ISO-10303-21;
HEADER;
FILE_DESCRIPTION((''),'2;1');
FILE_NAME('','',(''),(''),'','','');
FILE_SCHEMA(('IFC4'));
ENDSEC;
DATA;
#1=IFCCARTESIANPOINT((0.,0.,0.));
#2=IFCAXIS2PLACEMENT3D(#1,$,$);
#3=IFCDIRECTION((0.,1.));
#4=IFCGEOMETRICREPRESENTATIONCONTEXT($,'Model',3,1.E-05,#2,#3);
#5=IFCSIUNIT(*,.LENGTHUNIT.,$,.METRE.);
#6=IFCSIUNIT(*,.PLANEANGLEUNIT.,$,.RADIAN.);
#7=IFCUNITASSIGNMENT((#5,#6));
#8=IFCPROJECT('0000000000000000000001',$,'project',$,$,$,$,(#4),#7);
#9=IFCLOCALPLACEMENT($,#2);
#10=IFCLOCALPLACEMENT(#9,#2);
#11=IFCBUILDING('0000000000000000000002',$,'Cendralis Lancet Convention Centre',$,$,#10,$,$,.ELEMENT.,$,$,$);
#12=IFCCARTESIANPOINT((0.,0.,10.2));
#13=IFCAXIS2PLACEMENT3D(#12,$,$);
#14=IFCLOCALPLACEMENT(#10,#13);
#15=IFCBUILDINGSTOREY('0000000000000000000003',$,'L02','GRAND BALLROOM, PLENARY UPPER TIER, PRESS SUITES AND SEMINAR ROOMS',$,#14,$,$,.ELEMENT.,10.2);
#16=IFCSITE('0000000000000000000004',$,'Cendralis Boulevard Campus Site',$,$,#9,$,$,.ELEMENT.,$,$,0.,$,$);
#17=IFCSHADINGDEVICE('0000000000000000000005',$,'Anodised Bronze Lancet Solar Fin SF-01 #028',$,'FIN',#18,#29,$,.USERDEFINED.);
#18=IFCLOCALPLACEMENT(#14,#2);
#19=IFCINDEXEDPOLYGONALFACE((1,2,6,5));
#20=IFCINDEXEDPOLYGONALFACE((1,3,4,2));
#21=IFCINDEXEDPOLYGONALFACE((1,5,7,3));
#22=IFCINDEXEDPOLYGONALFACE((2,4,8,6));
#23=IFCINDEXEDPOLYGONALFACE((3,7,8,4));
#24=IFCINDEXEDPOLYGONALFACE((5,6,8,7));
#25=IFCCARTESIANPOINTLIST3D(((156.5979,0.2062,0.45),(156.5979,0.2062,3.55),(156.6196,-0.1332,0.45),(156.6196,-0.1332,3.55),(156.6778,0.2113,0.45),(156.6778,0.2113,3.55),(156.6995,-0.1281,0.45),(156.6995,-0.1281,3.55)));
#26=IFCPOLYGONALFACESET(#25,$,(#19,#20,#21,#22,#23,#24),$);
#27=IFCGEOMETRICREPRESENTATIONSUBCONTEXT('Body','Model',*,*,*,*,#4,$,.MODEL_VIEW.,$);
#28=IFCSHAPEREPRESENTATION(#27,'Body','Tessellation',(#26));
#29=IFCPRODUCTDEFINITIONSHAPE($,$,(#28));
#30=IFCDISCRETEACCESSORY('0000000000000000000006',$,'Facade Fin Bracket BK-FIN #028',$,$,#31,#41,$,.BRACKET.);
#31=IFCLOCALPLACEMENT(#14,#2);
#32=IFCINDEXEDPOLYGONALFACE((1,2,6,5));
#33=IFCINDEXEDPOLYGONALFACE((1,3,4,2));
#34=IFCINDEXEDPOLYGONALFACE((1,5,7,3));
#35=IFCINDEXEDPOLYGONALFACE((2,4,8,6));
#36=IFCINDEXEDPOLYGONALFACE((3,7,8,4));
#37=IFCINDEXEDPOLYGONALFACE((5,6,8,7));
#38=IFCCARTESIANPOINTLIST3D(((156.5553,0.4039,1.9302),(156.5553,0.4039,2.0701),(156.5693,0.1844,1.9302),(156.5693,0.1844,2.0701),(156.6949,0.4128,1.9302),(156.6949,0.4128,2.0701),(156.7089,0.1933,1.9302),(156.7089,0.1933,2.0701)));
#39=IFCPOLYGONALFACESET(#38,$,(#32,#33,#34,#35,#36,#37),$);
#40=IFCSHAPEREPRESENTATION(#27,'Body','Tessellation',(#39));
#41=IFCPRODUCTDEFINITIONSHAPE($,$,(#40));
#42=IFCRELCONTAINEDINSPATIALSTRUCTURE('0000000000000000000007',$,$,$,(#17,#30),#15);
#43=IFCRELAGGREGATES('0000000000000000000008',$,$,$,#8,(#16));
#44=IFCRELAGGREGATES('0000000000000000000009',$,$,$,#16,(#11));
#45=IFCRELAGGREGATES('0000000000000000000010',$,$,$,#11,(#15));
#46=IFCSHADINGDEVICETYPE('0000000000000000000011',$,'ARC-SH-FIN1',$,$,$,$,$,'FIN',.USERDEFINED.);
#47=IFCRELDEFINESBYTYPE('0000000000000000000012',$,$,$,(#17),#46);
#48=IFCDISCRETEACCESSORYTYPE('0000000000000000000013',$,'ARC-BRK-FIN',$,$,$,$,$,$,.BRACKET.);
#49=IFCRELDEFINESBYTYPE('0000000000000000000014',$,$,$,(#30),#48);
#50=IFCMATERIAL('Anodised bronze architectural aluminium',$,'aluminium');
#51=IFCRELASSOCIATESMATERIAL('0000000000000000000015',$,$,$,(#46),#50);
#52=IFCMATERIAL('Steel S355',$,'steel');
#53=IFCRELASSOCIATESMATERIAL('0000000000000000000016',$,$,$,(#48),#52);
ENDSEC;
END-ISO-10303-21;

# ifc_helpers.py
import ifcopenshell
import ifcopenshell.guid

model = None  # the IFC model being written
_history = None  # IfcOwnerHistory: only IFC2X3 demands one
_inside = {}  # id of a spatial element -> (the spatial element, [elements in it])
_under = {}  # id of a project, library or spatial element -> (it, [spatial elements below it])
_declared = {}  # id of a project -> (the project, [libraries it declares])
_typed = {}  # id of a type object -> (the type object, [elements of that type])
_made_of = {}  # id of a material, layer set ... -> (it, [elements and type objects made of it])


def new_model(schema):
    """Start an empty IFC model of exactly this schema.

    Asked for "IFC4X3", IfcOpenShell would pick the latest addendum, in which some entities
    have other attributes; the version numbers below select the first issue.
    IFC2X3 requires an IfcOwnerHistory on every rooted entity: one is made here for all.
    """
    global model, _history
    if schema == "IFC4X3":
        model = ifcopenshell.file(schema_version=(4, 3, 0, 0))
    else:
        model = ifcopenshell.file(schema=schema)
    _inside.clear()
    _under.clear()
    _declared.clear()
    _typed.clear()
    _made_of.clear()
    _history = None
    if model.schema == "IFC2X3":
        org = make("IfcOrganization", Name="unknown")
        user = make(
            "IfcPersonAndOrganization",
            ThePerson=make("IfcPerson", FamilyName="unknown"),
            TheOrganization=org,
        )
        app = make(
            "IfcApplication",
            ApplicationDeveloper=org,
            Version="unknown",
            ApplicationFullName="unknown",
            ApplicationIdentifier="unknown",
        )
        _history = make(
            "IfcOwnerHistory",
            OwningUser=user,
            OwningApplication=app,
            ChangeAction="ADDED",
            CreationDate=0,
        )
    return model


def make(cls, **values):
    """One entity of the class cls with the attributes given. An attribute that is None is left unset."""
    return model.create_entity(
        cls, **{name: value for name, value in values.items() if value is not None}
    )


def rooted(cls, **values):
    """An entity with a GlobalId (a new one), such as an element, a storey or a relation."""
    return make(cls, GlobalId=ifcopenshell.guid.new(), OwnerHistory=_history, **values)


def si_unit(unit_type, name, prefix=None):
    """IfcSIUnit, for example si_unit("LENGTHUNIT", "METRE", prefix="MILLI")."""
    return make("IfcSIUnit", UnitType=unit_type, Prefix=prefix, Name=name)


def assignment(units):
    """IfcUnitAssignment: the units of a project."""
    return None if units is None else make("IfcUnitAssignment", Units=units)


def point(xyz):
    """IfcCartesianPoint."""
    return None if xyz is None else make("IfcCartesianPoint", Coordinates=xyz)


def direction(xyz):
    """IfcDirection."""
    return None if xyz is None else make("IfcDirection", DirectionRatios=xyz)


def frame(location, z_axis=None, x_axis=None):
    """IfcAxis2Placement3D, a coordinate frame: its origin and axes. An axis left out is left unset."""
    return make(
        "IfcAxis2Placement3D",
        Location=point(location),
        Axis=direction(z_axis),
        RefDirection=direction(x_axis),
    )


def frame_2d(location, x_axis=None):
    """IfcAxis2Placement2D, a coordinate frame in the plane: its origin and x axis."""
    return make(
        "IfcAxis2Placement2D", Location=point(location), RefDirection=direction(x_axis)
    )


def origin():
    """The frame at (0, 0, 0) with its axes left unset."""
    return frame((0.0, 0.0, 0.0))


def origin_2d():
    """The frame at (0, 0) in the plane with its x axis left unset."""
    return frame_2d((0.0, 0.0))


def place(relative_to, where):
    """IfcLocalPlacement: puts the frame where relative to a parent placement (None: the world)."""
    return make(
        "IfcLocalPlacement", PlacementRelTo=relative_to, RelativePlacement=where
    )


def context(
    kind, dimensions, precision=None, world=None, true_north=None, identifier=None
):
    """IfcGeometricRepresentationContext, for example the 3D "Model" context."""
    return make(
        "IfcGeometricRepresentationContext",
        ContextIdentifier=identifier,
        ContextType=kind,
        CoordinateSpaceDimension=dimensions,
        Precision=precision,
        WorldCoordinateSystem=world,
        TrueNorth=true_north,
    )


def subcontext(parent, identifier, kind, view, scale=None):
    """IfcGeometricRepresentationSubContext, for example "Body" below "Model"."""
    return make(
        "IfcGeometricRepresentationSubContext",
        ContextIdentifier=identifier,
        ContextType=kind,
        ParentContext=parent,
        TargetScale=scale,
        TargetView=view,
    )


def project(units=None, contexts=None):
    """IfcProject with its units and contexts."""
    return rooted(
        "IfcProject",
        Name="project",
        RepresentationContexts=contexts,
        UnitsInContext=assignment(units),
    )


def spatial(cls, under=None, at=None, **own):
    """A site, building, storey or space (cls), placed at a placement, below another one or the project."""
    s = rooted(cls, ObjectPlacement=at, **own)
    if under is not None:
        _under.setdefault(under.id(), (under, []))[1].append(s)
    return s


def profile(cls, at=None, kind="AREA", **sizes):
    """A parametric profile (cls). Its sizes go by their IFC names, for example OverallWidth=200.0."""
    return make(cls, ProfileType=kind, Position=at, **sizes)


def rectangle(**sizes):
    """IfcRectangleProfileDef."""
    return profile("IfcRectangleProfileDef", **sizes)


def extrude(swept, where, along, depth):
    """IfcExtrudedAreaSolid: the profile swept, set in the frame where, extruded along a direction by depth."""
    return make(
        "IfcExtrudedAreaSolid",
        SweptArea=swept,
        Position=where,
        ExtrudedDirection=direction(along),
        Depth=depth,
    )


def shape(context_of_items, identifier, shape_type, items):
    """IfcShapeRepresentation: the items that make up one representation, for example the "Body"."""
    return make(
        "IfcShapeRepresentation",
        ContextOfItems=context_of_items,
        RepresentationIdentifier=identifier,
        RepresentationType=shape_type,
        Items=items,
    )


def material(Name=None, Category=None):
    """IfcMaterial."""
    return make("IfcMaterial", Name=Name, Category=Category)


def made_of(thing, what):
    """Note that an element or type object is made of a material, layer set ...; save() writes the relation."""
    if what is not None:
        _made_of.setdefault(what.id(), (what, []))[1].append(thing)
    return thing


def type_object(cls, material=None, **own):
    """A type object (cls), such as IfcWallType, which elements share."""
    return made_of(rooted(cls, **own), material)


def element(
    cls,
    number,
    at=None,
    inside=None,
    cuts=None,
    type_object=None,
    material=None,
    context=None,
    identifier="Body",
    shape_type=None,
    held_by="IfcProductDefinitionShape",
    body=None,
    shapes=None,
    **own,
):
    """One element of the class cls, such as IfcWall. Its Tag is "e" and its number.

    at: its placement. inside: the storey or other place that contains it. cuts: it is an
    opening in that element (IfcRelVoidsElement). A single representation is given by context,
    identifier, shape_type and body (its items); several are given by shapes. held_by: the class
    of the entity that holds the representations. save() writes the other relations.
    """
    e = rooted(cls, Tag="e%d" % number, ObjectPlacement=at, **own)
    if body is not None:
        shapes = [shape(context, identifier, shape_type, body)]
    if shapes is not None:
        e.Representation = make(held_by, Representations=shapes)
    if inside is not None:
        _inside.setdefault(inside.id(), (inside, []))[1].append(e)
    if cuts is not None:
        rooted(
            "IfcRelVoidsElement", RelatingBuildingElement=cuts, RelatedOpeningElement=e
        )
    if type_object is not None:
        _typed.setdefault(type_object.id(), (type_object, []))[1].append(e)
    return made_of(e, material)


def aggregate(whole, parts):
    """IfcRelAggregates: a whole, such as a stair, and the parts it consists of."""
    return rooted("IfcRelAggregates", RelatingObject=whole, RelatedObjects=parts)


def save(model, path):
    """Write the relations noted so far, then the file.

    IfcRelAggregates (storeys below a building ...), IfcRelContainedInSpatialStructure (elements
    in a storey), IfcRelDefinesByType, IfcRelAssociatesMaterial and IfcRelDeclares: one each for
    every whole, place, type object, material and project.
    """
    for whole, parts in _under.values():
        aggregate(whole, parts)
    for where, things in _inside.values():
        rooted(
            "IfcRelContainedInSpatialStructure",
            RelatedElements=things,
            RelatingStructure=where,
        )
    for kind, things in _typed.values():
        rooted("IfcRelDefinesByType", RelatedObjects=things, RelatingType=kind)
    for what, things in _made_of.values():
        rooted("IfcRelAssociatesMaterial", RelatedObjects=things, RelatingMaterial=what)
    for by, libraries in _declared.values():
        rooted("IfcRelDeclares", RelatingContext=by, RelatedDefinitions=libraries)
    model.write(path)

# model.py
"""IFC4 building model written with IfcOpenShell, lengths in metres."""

from ifc_helpers import new_model, si_unit, direction, frame, origin, origin_2d, place, context, subcontext, project, spatial, rectangle, extrude, material, type_object, element, save


model = new_model("IFC4")

# Units and contexts
model_context = context("Model", 3, precision=1e-05, world=origin(), true_north=direction((0.0, 1.0)))
body_context = subcontext(model_context, "Body", "Model", "MODEL_VIEW")
ifc_project = project(units=[si_unit("LENGTHUNIT", "METRE"), si_unit("PLANEANGLEUNIT", "RADIAN")], contexts=[model_context])

# Site, building, storey
site_placement = place(None, origin())
site = spatial("IfcSite", under=ifc_project, at=site_placement, Name="Cendralis Boulevard Campus Site", CompositionType="ELEMENT", RefElevation=0.0)
building_placement = place(site_placement, origin())
building = spatial("IfcBuilding", under=site, at=building_placement, Name="Cendralis Lancet Convention Centre", CompositionType="ELEMENT")
storey_placement = place(building_placement, frame((0.0, 0.0, 10.2)))
storey = spatial("IfcBuildingStorey", under=building, at=storey_placement, Name="L02", Description="GRAND BALLROOM, PLENARY UPPER TIER, PRESS SUITES AND SEMINAR ROOMS", CompositionType="ELEMENT", Elevation=10.2)

# Shared definitions
ifc_material_1 = material(Name="Steel S355", Category="steel")

# Shading device
ifc_material_2 = material(Name="Anodised bronze architectural aluminium", Category="aluminium")
shading_device_type = type_object("IfcShadingDeviceType", Name="ARC-SH-FIN1", ElementType="FIN", PredefinedType="USERDEFINED", material=ifc_material_2)
shading_device_placement = place(storey_placement, frame((156.6487, 0.0391, 0.45), z_axis=(0.0, 0.0, 1.0), x_axis=(0.997959, 0.063853, 0.0)))
element("IfcShadingDevice", 1, at=shading_device_placement, inside=storey, type_object=shading_device_type, Name="Anodised Bronze Lancet Solar Fin SF-01 #028", ObjectType="FIN", PredefinedType="USERDEFINED", context=body_context, shape_type="SweptSolid", body=[
    extrude(rectangle(XDim=0.0801, YDim=0.3401, at=origin_2d()), origin(), (0.0, 0.0, 1.0), 3.1001),
])

# Discrete accessory
discrete_accessory_type = type_object("IfcDiscreteAccessoryType", Name="ARC-BRK-FIN", PredefinedType="BRACKET", material=ifc_material_1)
discrete_accessory_placement = place(storey_placement, frame((156.6321, 0.2986, 1.9302), z_axis=(0.0, 0.0, 1.0), x_axis=(0.997959, 0.063853, 0.0)))
element("IfcDiscreteAccessory", 2, at=discrete_accessory_placement, inside=storey, type_object=discrete_accessory_type, Name="Facade Fin Bracket BK-FIN #028", PredefinedType="BRACKET", context=body_context, shape_type="SweptSolid", body=[
    extrude(rectangle(XDim=0.1399, YDim=0.22, at=origin_2d()), origin(), (0.0, 0.0, 1.0), 0.1399),
])

save(model, "model.ifc")
